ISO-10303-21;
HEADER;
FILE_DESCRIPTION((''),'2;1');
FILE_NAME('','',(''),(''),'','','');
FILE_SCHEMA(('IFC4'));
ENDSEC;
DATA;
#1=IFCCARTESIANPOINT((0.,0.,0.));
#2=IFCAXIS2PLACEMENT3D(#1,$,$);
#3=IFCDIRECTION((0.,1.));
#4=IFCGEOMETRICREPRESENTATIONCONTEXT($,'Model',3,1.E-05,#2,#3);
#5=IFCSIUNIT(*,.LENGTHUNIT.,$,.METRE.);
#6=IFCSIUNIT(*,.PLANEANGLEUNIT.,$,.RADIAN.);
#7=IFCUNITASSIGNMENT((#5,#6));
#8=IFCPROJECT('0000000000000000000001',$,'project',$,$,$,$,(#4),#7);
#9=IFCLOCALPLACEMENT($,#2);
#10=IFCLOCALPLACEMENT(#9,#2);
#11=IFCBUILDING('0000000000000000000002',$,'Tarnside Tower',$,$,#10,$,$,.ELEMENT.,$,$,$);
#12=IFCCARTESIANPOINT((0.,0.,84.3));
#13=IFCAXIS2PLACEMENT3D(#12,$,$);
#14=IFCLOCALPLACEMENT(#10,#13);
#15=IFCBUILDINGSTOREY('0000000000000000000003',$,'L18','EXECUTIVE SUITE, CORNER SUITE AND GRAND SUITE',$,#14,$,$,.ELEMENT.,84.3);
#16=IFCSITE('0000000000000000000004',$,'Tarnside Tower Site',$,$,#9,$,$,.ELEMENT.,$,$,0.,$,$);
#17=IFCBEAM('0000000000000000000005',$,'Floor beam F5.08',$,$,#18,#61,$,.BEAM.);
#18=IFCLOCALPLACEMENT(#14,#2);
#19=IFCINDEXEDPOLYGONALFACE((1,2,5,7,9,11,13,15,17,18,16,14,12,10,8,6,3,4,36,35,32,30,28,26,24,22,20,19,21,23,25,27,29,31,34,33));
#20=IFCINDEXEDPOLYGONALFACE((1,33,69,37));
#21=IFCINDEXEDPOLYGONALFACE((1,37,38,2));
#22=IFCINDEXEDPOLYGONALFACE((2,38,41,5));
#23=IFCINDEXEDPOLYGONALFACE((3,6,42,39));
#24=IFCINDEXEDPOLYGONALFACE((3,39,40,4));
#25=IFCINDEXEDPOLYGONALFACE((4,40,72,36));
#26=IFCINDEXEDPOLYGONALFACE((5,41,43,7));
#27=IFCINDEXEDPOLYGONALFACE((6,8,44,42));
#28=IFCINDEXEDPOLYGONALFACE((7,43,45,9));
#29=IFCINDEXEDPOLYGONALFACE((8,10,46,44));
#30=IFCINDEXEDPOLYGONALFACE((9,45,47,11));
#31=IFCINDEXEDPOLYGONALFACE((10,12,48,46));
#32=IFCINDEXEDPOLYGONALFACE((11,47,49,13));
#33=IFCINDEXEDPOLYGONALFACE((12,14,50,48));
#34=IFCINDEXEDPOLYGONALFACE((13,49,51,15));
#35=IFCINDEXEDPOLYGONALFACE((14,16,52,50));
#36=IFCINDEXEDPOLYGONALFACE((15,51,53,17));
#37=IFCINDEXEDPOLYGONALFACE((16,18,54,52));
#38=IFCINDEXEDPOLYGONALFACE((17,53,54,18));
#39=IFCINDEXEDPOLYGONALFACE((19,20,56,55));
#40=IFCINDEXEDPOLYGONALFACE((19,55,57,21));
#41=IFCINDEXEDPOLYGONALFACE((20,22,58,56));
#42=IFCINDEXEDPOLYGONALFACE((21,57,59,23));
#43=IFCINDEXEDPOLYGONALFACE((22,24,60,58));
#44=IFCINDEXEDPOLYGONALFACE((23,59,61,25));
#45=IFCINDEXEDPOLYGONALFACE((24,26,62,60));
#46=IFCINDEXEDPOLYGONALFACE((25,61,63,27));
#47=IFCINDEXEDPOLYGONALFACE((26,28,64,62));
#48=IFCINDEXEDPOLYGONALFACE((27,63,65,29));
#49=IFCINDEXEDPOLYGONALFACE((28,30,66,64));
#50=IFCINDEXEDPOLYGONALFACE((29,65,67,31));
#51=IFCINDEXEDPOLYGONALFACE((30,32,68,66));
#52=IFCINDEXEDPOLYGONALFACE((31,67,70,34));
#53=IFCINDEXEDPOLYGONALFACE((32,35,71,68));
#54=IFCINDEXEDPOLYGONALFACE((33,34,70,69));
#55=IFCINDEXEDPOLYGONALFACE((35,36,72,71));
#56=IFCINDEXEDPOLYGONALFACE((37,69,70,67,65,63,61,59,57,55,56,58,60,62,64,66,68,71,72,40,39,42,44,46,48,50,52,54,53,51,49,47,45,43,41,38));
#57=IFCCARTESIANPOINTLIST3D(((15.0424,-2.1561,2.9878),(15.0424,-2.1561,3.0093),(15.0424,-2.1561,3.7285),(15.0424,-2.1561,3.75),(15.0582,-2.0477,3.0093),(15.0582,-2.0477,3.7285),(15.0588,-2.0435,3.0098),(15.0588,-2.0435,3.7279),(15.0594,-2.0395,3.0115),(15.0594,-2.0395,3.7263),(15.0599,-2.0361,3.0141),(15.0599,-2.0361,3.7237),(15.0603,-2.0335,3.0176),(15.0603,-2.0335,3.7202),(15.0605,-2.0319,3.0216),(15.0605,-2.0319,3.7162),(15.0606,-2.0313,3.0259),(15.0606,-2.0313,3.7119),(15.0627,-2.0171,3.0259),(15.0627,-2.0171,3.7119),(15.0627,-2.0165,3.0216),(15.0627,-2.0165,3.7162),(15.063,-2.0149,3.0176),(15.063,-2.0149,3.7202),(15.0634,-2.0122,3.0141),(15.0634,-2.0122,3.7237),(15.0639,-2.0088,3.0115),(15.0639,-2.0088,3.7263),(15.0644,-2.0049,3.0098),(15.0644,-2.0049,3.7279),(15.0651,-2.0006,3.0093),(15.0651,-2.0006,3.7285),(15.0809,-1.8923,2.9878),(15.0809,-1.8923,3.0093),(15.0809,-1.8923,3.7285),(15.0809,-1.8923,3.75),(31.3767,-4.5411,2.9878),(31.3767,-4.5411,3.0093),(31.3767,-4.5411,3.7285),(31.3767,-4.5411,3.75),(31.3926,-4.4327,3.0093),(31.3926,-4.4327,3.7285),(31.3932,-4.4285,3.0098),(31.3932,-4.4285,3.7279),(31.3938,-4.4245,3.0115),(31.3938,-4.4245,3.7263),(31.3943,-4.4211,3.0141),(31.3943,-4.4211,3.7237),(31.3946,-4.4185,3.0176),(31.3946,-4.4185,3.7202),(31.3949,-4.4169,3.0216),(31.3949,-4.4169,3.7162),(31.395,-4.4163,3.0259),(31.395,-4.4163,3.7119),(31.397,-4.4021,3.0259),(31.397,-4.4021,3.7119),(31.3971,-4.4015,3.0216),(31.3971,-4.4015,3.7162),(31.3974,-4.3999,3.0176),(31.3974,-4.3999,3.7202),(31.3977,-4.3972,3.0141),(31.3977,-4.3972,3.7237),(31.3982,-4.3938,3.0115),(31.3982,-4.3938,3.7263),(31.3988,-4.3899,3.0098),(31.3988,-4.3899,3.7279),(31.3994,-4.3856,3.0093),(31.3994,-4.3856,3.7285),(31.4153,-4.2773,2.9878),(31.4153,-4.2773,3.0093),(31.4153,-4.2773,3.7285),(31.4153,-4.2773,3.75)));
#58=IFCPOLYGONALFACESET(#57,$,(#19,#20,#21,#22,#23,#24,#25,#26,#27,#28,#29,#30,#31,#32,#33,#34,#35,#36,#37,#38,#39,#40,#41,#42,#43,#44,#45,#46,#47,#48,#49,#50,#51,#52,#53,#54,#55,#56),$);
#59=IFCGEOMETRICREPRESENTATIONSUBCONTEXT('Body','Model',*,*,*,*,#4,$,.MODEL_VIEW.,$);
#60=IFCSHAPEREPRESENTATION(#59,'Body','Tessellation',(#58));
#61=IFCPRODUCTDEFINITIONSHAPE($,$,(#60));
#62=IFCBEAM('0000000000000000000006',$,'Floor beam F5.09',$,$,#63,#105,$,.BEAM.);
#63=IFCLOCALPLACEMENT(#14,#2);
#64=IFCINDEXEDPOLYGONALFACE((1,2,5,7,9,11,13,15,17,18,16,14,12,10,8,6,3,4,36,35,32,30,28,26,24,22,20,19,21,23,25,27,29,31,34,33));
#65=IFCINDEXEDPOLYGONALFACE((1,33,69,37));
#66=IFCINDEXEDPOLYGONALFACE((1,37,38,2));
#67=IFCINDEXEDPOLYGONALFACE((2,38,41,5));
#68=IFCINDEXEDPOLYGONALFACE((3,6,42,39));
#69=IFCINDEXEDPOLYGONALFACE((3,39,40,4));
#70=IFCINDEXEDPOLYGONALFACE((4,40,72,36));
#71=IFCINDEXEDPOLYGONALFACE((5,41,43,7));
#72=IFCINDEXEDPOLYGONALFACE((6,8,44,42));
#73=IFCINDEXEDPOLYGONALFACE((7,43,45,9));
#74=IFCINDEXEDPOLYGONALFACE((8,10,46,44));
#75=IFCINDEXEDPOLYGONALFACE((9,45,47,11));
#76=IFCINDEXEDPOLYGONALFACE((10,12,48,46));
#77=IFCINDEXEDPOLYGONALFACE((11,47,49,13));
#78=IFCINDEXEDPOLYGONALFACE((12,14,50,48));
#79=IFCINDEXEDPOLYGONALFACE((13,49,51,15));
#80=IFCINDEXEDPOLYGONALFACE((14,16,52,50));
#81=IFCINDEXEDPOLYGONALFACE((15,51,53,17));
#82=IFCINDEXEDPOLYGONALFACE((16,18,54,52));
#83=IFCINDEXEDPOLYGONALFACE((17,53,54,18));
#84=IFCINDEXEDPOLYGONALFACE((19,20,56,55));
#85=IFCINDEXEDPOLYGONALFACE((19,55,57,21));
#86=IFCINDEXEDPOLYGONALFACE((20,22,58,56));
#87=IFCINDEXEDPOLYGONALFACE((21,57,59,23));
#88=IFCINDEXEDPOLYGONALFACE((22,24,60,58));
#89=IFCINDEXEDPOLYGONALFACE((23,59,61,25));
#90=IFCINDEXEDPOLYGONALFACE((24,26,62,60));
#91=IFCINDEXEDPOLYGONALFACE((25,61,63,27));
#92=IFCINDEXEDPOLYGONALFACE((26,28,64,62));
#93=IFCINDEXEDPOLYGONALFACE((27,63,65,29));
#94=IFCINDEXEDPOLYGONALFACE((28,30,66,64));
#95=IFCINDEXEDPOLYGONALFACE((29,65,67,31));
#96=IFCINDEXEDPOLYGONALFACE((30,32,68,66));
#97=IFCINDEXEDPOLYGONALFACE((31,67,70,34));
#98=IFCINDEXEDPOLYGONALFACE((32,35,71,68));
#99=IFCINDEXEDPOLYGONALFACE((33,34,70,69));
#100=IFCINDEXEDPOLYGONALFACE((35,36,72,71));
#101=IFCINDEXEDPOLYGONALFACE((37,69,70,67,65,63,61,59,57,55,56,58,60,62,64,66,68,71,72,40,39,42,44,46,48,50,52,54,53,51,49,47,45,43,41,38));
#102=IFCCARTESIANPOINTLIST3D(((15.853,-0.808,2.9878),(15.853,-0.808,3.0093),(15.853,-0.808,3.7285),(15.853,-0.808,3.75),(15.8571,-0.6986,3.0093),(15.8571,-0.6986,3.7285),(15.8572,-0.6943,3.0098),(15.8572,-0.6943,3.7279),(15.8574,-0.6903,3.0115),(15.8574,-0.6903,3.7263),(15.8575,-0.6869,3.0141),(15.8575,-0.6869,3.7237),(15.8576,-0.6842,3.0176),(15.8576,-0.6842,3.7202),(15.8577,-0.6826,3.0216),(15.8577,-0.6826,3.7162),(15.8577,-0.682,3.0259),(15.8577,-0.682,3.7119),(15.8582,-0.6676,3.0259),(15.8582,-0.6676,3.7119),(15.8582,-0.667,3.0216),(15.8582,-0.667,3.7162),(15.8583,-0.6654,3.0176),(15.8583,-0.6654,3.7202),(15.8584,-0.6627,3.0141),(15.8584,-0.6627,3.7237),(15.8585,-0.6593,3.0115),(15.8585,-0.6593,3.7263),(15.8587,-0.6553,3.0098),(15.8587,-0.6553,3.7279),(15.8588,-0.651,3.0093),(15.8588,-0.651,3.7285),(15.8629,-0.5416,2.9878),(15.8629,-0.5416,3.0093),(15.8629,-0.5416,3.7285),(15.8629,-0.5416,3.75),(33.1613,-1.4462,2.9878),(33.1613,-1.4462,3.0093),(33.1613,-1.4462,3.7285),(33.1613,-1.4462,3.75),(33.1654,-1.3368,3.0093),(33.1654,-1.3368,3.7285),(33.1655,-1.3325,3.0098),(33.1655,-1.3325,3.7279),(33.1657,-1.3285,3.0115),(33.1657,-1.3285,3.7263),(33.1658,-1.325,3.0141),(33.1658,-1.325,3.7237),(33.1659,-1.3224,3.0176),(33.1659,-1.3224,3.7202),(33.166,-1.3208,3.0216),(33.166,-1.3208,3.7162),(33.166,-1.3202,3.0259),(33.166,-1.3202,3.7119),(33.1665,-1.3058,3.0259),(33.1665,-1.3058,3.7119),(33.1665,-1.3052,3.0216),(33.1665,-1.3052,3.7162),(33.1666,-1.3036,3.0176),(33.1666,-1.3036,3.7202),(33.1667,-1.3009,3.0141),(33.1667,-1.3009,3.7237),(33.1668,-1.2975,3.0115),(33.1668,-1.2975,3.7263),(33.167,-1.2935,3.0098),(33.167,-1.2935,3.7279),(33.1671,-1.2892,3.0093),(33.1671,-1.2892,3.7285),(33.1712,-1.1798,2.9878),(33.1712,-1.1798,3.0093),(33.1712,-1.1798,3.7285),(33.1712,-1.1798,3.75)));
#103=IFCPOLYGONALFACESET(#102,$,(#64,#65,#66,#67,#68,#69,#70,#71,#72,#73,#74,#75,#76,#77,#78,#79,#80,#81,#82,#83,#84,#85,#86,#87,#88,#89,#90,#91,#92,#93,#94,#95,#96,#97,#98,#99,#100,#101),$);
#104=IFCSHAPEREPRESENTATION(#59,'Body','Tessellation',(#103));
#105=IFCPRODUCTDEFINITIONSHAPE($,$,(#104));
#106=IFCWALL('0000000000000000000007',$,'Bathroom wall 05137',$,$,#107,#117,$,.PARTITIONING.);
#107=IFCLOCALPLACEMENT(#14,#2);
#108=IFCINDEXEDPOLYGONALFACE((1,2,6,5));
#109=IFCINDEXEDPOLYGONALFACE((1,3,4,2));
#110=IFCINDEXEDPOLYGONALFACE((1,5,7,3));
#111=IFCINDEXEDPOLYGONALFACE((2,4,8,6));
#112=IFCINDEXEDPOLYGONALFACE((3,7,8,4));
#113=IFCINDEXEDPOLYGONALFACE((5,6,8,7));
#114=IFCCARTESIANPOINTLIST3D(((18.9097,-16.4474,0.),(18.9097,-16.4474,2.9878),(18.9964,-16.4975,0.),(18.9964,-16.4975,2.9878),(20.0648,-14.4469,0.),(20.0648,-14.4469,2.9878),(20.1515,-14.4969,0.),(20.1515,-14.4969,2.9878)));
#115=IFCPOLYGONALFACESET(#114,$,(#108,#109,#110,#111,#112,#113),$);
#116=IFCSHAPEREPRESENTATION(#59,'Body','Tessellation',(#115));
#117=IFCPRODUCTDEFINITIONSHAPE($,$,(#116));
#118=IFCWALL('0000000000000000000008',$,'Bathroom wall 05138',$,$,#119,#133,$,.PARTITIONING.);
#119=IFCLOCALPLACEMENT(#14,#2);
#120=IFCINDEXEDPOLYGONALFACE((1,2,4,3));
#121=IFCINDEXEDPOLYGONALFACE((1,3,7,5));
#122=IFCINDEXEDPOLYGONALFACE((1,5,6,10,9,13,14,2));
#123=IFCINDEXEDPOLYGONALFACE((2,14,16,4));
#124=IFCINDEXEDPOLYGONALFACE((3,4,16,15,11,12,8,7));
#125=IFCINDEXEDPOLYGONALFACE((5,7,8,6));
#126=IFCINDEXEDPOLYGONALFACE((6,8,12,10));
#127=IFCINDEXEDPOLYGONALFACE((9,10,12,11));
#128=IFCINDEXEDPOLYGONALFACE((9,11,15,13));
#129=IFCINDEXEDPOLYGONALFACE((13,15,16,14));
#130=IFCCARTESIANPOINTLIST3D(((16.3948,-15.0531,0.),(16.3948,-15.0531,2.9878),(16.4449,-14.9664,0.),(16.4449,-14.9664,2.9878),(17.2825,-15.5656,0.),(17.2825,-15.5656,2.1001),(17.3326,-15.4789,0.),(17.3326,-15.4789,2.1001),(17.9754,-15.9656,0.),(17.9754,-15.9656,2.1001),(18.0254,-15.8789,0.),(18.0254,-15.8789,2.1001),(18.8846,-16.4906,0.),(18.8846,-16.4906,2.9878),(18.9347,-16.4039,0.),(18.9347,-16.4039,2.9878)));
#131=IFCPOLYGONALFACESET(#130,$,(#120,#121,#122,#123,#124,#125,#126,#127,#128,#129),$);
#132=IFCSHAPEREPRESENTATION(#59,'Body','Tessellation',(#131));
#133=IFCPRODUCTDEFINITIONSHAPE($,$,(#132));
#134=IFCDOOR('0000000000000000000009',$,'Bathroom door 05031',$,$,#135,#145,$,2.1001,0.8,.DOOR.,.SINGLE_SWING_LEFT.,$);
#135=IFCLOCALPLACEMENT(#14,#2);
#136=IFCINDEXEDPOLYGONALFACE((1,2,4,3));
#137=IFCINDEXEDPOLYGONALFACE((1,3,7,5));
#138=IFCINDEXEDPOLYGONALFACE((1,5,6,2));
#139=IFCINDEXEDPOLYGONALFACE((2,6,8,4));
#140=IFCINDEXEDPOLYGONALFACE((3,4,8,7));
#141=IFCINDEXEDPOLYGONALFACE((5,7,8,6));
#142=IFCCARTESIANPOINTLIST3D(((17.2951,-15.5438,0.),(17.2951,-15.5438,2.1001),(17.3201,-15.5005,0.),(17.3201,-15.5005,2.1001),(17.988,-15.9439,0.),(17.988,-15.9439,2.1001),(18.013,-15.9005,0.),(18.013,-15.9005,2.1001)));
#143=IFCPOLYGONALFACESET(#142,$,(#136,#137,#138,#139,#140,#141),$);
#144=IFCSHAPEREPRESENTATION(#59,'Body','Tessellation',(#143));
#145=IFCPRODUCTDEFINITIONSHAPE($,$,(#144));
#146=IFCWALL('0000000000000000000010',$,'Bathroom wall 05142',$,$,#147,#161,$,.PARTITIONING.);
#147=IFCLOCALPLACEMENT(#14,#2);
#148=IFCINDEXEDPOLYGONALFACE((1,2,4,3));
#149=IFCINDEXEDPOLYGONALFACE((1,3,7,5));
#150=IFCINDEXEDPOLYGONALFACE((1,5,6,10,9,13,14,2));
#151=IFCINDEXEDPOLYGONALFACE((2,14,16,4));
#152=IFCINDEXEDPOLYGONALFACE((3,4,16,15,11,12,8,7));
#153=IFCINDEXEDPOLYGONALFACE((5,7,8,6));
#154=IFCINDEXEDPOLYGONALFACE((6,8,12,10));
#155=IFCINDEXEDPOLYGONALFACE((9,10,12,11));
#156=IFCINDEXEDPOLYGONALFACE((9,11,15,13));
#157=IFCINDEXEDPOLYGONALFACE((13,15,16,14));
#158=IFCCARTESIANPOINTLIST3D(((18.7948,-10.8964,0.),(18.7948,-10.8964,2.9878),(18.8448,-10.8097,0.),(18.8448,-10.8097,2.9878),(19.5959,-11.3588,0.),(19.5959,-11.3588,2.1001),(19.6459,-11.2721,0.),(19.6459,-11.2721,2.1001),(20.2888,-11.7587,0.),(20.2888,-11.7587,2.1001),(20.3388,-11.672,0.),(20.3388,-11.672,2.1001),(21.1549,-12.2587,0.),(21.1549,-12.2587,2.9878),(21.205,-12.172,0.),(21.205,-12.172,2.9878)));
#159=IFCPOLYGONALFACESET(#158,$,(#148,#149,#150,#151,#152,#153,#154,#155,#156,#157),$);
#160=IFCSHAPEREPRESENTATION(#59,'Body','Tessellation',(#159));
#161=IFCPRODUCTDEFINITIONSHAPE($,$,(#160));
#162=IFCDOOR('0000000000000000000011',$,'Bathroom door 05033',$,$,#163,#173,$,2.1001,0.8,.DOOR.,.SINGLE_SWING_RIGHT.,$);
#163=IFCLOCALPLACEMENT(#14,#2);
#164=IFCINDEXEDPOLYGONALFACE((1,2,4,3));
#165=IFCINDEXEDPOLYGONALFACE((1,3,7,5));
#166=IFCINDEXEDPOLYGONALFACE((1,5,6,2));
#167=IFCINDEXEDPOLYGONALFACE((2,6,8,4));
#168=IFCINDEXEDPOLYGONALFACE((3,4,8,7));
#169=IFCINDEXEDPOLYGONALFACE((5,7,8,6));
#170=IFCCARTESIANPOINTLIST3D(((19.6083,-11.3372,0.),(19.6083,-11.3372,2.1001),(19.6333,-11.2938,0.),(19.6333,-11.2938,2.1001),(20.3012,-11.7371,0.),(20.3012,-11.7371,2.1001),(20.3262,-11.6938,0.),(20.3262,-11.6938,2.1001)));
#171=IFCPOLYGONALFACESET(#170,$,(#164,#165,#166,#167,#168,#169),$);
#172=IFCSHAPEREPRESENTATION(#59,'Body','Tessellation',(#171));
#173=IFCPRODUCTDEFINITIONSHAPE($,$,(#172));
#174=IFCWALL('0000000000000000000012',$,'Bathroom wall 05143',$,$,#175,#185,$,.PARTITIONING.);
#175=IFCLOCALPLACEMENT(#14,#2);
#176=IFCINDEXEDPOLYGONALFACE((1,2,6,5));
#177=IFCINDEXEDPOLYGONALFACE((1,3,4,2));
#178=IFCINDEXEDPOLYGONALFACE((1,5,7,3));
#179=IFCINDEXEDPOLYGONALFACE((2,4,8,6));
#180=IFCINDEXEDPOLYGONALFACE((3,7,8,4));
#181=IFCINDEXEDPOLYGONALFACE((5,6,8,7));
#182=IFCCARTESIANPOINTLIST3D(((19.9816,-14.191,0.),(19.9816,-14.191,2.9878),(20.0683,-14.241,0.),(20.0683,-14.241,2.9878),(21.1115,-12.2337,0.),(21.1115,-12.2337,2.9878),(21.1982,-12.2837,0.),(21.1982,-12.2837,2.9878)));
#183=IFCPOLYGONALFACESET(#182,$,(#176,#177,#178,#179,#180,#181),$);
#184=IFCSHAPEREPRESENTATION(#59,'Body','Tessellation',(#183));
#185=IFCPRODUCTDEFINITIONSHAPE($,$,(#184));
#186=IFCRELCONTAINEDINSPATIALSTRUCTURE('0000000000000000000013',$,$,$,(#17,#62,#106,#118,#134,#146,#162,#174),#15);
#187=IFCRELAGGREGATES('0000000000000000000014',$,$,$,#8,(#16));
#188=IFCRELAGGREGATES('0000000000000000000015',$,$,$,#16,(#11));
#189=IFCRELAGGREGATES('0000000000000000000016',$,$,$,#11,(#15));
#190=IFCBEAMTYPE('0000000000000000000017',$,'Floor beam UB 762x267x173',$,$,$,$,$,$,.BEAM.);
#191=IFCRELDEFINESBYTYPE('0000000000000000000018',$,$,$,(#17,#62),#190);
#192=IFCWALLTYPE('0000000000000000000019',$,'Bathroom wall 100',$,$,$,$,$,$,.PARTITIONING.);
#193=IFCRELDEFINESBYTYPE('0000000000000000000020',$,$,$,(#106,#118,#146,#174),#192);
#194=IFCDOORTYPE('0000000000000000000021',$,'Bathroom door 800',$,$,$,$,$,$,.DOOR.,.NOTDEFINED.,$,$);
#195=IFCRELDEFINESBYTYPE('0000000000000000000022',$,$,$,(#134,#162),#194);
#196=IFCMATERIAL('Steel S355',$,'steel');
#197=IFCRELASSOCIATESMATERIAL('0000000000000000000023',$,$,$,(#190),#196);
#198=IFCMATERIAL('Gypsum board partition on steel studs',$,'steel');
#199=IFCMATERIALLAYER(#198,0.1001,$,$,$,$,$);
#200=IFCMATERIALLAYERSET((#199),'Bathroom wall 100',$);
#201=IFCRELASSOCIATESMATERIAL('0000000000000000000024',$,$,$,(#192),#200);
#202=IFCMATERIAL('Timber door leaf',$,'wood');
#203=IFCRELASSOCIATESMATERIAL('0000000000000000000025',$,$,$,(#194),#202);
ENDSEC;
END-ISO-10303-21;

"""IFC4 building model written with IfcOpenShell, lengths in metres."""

from ifc_helpers import new_model, si_unit, direction, frame, frame_2d, origin, origin_2d, place, context, subcontext, project, spatial, rectangle, i_section, extrude, material, layer, layer_set, material_profile, profile_set, type_object, element, fill, save


model = new_model("IFC4")

# Units and contexts
model_context = context("Model", 3, precision=1e-05, world=origin(), true_north=direction((0.0, 1.0)))
body_context = subcontext(model_context, "Body", "Model", "MODEL_VIEW")
ifc_project = project(units=[si_unit("LENGTHUNIT", "METRE"), si_unit("PLANEANGLEUNIT", "RADIAN")], contexts=[model_context])

# Site, building, storey
site_placement = place(None, origin())
site = spatial("IfcSite", under=ifc_project, at=site_placement, Name="Tarnside Tower Site", CompositionType="ELEMENT", RefElevation=0.0)
building_placement = place(site_placement, origin())
building = spatial("IfcBuilding", under=site, at=building_placement, Name="Tarnside Tower", CompositionType="ELEMENT")
storey_placement = place(building_placement, frame((0.0, 0.0, 84.3)))
storey = spatial("IfcBuildingStorey", under=building, at=storey_placement, Name="L18", Description="EXECUTIVE SUITE, CORNER SUITE AND GRAND SUITE", CompositionType="ELEMENT", Elevation=84.3)

# Beams
ifc_material_1 = material(Name="Steel S355", Category="steel")
ifc_material_profile_1 = material_profile(ifc_material_1, i_section(OverallWidth=0.2666, OverallDepth=0.7622, WebThickness=0.0144, FlangeThickness=0.0215, FilletRadius=0.0166, at=origin_2d()), Name="UB 762x267x173")
ifc_profile_set_1 = profile_set([ifc_material_profile_1], Name="Steel S355")
beam_type_1 = type_object("IfcBeamType", Name="Floor beam UB 762x267x173", PredefinedType="BEAM", material=ifc_profile_set_1)
beam_1_placement = place(storey_placement, frame((31.396, -4.4092, 3.3689), z_axis=(-0.989508, 0.144479, 0.0), x_axis=(-0.144479, -0.989508, 0.0)))
element("IfcBeam", 1, at=beam_1_placement, inside=storey, type_object=beam_type_1, Name="Floor beam F5.08", PredefinedType="BEAM", context=body_context, shape_type="SweptSolid", body=[
    extrude(i_section(OverallWidth=0.2666, OverallDepth=0.7622, WebThickness=0.0144, FlangeThickness=0.0215, FilletRadius=0.0166, at=origin_2d()), origin(), (0.0, 0.0, 1.0), 16.5076),
])
beam_2_placement = place(storey_placement, frame((33.1663, -1.313, 3.3689), z_axis=(-0.999321, 0.036846, 0.0), x_axis=(-0.036846, -0.999321, 0.0)))
element("IfcBeam", 2, at=beam_2_placement, inside=storey, type_object=beam_type_1, Name="Floor beam F5.09", PredefinedType="BEAM", context=body_context, shape_type="SweptSolid", body=[
    extrude(i_section(OverallWidth=0.2666, OverallDepth=0.7622, WebThickness=0.0144, FlangeThickness=0.0215, FilletRadius=0.0166, at=origin_2d()), origin(), (0.0, 0.0, 1.0), 17.3201),
])

# Wall
ifc_material_2 = material(Name="Gypsum board partition on steel studs", Category="steel")
ifc_layer_1 = layer(ifc_material_2, 0.1001)
ifc_layer_set_1 = layer_set([ifc_layer_1], Name="Bathroom wall 100")
wall_type_1 = type_object("IfcWallType", Name="Bathroom wall 100", PredefinedType="PARTITIONING", material=ifc_layer_set_1)
wall_1_placement = place(storey_placement, frame((20.1082, -14.4719, 0.0), z_axis=(0.0, 0.0, 1.0), x_axis=(-0.500015, -0.866017, 0.0)))
element("IfcWall", 3, at=wall_1_placement, inside=storey, type_object=wall_type_1, Name="Bathroom wall 05137", PredefinedType="PARTITIONING", context=body_context, shape_type="SweptSolid", body=[
    extrude(rectangle(XDim=2.3101, YDim=0.1001, at=frame_2d((1.155, 0.0))), origin(), (0.0, 0.0, 1.0), 2.9878),
])

# Walls, openings, doors
wall_2_placement = place(storey_placement, frame((18.9097, -16.4473, 0.0), z_axis=(0.0, 0.0, 1.0), x_axis=(-0.866019, 0.500012, 0.0)))
wall_2 = element("IfcWall", 4, at=wall_2_placement, inside=storey, type_object=wall_type_1, Name="Bathroom wall 05138", PredefinedType="PARTITIONING", context=body_context, shape_type="SweptSolid", body=[
    extrude(rectangle(XDim=2.875, YDim=0.1001, at=frame_2d((1.4375, 0.0))), origin(), (0.0, 0.0, 1.0), 2.9878),
])
opening_1_placement = place(wall_2_placement, frame((1.05, 0.0, 0.0)))
opening_1 = element("IfcOpeningElement", 5, at=opening_1_placement, cuts=wall_2, PredefinedType="OPENING", context=body_context, shape_type="SweptSolid", body=[
    extrude(rectangle(XDim=0.8, YDim=2.1001, at=frame_2d((0.3999, 1.05))), frame((0.0, 0.0601, 0.0), z_axis=(0.0, -1.0, 0.0), x_axis=(1.0, 0.0, 0.0)), (0.0, 0.0, 1.0), 0.1201),
])
ifc_material_3 = material(Name="Timber door leaf", Category="wood")
door_type_1 = type_object("IfcDoorType", Name="Bathroom door 800", OperationType="NOTDEFINED", PredefinedType="DOOR", material=ifc_material_3)
door_1_placement = place(opening_1_placement, origin())
door_1 = element("IfcDoor", 6, at=door_1_placement, inside=storey, type_object=door_type_1, Name="Bathroom door 05031", OperationType="SINGLE_SWING_LEFT", OverallHeight=2.1001, OverallWidth=0.8, PredefinedType="DOOR", context=body_context, shape_type="SweptSolid", body=[
    extrude(rectangle(XDim=0.8, YDim=2.1001, at=frame_2d((0.3999, 1.05))), frame((0.0, 0.0249, 0.0), z_axis=(0.0, -1.0, 0.0), x_axis=(1.0, 0.0, 0.0)), (0.0, 0.0, 1.0), 0.05),
])
fill(opening_1, door_1)
wall_3_placement = place(storey_placement, frame((18.8198, -10.853, 0.0), z_axis=(0.0, 0.0, 1.0), x_axis=(0.866074, -0.499916, 0.0)))
wall_3 = element("IfcWall", 7, at=wall_3_placement, inside=storey, type_object=wall_type_1, Name="Bathroom wall 05142", PredefinedType="PARTITIONING", context=body_context, shape_type="SweptSolid", body=[
    extrude(rectangle(XDim=2.7251, YDim=0.1001, at=frame_2d((1.3625, 0.0))), origin(), (0.0, 0.0, 1.0), 2.9878),
])
opening_2_placement = place(wall_3_placement, frame((0.925, 0.0, 0.0)))
opening_2 = element("IfcOpeningElement", 8, at=opening_2_placement, cuts=wall_3, PredefinedType="OPENING", context=body_context, shape_type="SweptSolid", body=[
    extrude(rectangle(XDim=0.8, YDim=2.1001, at=frame_2d((0.3999, 1.05))), frame((0.0, 0.0601, 0.0), z_axis=(0.0, -1.0, 0.0), x_axis=(1.0, 0.0, 0.0)), (0.0, 0.0, 1.0), 0.1201),
])
door_2_placement = place(opening_2_placement, origin())
door_2 = element("IfcDoor", 9, at=door_2_placement, inside=storey, type_object=door_type_1, Name="Bathroom door 05033", OperationType="SINGLE_SWING_RIGHT", OverallHeight=2.1001, OverallWidth=0.8, PredefinedType="DOOR", context=body_context, shape_type="SweptSolid", body=[
    extrude(rectangle(XDim=0.8, YDim=2.1001, at=frame_2d((0.3999, 1.05))), frame((0.0, 0.0249, 0.0), z_axis=(0.0, -1.0, 0.0), x_axis=(1.0, 0.0, 0.0)), (0.0, 0.0, 1.0), 0.05),
])
fill(opening_2, door_2)

# Wall
wall_4_placement = place(storey_placement, frame((21.1548, -12.2588, 0.0), z_axis=(0.0, 0.0, 1.0), x_axis=(-0.49995, -0.866054, 0.0)))
element("IfcWall", 10, at=wall_4_placement, inside=storey, type_object=wall_type_1, Name="Bathroom wall 05143", PredefinedType="PARTITIONING", context=body_context, shape_type="SweptSolid", body=[
    extrude(rectangle(XDim=2.26, YDim=0.1001, at=frame_2d((1.1299, 0.0))), origin(), (0.0, 0.0, 1.0), 2.9878),
])

save(model, "model.ifc")
